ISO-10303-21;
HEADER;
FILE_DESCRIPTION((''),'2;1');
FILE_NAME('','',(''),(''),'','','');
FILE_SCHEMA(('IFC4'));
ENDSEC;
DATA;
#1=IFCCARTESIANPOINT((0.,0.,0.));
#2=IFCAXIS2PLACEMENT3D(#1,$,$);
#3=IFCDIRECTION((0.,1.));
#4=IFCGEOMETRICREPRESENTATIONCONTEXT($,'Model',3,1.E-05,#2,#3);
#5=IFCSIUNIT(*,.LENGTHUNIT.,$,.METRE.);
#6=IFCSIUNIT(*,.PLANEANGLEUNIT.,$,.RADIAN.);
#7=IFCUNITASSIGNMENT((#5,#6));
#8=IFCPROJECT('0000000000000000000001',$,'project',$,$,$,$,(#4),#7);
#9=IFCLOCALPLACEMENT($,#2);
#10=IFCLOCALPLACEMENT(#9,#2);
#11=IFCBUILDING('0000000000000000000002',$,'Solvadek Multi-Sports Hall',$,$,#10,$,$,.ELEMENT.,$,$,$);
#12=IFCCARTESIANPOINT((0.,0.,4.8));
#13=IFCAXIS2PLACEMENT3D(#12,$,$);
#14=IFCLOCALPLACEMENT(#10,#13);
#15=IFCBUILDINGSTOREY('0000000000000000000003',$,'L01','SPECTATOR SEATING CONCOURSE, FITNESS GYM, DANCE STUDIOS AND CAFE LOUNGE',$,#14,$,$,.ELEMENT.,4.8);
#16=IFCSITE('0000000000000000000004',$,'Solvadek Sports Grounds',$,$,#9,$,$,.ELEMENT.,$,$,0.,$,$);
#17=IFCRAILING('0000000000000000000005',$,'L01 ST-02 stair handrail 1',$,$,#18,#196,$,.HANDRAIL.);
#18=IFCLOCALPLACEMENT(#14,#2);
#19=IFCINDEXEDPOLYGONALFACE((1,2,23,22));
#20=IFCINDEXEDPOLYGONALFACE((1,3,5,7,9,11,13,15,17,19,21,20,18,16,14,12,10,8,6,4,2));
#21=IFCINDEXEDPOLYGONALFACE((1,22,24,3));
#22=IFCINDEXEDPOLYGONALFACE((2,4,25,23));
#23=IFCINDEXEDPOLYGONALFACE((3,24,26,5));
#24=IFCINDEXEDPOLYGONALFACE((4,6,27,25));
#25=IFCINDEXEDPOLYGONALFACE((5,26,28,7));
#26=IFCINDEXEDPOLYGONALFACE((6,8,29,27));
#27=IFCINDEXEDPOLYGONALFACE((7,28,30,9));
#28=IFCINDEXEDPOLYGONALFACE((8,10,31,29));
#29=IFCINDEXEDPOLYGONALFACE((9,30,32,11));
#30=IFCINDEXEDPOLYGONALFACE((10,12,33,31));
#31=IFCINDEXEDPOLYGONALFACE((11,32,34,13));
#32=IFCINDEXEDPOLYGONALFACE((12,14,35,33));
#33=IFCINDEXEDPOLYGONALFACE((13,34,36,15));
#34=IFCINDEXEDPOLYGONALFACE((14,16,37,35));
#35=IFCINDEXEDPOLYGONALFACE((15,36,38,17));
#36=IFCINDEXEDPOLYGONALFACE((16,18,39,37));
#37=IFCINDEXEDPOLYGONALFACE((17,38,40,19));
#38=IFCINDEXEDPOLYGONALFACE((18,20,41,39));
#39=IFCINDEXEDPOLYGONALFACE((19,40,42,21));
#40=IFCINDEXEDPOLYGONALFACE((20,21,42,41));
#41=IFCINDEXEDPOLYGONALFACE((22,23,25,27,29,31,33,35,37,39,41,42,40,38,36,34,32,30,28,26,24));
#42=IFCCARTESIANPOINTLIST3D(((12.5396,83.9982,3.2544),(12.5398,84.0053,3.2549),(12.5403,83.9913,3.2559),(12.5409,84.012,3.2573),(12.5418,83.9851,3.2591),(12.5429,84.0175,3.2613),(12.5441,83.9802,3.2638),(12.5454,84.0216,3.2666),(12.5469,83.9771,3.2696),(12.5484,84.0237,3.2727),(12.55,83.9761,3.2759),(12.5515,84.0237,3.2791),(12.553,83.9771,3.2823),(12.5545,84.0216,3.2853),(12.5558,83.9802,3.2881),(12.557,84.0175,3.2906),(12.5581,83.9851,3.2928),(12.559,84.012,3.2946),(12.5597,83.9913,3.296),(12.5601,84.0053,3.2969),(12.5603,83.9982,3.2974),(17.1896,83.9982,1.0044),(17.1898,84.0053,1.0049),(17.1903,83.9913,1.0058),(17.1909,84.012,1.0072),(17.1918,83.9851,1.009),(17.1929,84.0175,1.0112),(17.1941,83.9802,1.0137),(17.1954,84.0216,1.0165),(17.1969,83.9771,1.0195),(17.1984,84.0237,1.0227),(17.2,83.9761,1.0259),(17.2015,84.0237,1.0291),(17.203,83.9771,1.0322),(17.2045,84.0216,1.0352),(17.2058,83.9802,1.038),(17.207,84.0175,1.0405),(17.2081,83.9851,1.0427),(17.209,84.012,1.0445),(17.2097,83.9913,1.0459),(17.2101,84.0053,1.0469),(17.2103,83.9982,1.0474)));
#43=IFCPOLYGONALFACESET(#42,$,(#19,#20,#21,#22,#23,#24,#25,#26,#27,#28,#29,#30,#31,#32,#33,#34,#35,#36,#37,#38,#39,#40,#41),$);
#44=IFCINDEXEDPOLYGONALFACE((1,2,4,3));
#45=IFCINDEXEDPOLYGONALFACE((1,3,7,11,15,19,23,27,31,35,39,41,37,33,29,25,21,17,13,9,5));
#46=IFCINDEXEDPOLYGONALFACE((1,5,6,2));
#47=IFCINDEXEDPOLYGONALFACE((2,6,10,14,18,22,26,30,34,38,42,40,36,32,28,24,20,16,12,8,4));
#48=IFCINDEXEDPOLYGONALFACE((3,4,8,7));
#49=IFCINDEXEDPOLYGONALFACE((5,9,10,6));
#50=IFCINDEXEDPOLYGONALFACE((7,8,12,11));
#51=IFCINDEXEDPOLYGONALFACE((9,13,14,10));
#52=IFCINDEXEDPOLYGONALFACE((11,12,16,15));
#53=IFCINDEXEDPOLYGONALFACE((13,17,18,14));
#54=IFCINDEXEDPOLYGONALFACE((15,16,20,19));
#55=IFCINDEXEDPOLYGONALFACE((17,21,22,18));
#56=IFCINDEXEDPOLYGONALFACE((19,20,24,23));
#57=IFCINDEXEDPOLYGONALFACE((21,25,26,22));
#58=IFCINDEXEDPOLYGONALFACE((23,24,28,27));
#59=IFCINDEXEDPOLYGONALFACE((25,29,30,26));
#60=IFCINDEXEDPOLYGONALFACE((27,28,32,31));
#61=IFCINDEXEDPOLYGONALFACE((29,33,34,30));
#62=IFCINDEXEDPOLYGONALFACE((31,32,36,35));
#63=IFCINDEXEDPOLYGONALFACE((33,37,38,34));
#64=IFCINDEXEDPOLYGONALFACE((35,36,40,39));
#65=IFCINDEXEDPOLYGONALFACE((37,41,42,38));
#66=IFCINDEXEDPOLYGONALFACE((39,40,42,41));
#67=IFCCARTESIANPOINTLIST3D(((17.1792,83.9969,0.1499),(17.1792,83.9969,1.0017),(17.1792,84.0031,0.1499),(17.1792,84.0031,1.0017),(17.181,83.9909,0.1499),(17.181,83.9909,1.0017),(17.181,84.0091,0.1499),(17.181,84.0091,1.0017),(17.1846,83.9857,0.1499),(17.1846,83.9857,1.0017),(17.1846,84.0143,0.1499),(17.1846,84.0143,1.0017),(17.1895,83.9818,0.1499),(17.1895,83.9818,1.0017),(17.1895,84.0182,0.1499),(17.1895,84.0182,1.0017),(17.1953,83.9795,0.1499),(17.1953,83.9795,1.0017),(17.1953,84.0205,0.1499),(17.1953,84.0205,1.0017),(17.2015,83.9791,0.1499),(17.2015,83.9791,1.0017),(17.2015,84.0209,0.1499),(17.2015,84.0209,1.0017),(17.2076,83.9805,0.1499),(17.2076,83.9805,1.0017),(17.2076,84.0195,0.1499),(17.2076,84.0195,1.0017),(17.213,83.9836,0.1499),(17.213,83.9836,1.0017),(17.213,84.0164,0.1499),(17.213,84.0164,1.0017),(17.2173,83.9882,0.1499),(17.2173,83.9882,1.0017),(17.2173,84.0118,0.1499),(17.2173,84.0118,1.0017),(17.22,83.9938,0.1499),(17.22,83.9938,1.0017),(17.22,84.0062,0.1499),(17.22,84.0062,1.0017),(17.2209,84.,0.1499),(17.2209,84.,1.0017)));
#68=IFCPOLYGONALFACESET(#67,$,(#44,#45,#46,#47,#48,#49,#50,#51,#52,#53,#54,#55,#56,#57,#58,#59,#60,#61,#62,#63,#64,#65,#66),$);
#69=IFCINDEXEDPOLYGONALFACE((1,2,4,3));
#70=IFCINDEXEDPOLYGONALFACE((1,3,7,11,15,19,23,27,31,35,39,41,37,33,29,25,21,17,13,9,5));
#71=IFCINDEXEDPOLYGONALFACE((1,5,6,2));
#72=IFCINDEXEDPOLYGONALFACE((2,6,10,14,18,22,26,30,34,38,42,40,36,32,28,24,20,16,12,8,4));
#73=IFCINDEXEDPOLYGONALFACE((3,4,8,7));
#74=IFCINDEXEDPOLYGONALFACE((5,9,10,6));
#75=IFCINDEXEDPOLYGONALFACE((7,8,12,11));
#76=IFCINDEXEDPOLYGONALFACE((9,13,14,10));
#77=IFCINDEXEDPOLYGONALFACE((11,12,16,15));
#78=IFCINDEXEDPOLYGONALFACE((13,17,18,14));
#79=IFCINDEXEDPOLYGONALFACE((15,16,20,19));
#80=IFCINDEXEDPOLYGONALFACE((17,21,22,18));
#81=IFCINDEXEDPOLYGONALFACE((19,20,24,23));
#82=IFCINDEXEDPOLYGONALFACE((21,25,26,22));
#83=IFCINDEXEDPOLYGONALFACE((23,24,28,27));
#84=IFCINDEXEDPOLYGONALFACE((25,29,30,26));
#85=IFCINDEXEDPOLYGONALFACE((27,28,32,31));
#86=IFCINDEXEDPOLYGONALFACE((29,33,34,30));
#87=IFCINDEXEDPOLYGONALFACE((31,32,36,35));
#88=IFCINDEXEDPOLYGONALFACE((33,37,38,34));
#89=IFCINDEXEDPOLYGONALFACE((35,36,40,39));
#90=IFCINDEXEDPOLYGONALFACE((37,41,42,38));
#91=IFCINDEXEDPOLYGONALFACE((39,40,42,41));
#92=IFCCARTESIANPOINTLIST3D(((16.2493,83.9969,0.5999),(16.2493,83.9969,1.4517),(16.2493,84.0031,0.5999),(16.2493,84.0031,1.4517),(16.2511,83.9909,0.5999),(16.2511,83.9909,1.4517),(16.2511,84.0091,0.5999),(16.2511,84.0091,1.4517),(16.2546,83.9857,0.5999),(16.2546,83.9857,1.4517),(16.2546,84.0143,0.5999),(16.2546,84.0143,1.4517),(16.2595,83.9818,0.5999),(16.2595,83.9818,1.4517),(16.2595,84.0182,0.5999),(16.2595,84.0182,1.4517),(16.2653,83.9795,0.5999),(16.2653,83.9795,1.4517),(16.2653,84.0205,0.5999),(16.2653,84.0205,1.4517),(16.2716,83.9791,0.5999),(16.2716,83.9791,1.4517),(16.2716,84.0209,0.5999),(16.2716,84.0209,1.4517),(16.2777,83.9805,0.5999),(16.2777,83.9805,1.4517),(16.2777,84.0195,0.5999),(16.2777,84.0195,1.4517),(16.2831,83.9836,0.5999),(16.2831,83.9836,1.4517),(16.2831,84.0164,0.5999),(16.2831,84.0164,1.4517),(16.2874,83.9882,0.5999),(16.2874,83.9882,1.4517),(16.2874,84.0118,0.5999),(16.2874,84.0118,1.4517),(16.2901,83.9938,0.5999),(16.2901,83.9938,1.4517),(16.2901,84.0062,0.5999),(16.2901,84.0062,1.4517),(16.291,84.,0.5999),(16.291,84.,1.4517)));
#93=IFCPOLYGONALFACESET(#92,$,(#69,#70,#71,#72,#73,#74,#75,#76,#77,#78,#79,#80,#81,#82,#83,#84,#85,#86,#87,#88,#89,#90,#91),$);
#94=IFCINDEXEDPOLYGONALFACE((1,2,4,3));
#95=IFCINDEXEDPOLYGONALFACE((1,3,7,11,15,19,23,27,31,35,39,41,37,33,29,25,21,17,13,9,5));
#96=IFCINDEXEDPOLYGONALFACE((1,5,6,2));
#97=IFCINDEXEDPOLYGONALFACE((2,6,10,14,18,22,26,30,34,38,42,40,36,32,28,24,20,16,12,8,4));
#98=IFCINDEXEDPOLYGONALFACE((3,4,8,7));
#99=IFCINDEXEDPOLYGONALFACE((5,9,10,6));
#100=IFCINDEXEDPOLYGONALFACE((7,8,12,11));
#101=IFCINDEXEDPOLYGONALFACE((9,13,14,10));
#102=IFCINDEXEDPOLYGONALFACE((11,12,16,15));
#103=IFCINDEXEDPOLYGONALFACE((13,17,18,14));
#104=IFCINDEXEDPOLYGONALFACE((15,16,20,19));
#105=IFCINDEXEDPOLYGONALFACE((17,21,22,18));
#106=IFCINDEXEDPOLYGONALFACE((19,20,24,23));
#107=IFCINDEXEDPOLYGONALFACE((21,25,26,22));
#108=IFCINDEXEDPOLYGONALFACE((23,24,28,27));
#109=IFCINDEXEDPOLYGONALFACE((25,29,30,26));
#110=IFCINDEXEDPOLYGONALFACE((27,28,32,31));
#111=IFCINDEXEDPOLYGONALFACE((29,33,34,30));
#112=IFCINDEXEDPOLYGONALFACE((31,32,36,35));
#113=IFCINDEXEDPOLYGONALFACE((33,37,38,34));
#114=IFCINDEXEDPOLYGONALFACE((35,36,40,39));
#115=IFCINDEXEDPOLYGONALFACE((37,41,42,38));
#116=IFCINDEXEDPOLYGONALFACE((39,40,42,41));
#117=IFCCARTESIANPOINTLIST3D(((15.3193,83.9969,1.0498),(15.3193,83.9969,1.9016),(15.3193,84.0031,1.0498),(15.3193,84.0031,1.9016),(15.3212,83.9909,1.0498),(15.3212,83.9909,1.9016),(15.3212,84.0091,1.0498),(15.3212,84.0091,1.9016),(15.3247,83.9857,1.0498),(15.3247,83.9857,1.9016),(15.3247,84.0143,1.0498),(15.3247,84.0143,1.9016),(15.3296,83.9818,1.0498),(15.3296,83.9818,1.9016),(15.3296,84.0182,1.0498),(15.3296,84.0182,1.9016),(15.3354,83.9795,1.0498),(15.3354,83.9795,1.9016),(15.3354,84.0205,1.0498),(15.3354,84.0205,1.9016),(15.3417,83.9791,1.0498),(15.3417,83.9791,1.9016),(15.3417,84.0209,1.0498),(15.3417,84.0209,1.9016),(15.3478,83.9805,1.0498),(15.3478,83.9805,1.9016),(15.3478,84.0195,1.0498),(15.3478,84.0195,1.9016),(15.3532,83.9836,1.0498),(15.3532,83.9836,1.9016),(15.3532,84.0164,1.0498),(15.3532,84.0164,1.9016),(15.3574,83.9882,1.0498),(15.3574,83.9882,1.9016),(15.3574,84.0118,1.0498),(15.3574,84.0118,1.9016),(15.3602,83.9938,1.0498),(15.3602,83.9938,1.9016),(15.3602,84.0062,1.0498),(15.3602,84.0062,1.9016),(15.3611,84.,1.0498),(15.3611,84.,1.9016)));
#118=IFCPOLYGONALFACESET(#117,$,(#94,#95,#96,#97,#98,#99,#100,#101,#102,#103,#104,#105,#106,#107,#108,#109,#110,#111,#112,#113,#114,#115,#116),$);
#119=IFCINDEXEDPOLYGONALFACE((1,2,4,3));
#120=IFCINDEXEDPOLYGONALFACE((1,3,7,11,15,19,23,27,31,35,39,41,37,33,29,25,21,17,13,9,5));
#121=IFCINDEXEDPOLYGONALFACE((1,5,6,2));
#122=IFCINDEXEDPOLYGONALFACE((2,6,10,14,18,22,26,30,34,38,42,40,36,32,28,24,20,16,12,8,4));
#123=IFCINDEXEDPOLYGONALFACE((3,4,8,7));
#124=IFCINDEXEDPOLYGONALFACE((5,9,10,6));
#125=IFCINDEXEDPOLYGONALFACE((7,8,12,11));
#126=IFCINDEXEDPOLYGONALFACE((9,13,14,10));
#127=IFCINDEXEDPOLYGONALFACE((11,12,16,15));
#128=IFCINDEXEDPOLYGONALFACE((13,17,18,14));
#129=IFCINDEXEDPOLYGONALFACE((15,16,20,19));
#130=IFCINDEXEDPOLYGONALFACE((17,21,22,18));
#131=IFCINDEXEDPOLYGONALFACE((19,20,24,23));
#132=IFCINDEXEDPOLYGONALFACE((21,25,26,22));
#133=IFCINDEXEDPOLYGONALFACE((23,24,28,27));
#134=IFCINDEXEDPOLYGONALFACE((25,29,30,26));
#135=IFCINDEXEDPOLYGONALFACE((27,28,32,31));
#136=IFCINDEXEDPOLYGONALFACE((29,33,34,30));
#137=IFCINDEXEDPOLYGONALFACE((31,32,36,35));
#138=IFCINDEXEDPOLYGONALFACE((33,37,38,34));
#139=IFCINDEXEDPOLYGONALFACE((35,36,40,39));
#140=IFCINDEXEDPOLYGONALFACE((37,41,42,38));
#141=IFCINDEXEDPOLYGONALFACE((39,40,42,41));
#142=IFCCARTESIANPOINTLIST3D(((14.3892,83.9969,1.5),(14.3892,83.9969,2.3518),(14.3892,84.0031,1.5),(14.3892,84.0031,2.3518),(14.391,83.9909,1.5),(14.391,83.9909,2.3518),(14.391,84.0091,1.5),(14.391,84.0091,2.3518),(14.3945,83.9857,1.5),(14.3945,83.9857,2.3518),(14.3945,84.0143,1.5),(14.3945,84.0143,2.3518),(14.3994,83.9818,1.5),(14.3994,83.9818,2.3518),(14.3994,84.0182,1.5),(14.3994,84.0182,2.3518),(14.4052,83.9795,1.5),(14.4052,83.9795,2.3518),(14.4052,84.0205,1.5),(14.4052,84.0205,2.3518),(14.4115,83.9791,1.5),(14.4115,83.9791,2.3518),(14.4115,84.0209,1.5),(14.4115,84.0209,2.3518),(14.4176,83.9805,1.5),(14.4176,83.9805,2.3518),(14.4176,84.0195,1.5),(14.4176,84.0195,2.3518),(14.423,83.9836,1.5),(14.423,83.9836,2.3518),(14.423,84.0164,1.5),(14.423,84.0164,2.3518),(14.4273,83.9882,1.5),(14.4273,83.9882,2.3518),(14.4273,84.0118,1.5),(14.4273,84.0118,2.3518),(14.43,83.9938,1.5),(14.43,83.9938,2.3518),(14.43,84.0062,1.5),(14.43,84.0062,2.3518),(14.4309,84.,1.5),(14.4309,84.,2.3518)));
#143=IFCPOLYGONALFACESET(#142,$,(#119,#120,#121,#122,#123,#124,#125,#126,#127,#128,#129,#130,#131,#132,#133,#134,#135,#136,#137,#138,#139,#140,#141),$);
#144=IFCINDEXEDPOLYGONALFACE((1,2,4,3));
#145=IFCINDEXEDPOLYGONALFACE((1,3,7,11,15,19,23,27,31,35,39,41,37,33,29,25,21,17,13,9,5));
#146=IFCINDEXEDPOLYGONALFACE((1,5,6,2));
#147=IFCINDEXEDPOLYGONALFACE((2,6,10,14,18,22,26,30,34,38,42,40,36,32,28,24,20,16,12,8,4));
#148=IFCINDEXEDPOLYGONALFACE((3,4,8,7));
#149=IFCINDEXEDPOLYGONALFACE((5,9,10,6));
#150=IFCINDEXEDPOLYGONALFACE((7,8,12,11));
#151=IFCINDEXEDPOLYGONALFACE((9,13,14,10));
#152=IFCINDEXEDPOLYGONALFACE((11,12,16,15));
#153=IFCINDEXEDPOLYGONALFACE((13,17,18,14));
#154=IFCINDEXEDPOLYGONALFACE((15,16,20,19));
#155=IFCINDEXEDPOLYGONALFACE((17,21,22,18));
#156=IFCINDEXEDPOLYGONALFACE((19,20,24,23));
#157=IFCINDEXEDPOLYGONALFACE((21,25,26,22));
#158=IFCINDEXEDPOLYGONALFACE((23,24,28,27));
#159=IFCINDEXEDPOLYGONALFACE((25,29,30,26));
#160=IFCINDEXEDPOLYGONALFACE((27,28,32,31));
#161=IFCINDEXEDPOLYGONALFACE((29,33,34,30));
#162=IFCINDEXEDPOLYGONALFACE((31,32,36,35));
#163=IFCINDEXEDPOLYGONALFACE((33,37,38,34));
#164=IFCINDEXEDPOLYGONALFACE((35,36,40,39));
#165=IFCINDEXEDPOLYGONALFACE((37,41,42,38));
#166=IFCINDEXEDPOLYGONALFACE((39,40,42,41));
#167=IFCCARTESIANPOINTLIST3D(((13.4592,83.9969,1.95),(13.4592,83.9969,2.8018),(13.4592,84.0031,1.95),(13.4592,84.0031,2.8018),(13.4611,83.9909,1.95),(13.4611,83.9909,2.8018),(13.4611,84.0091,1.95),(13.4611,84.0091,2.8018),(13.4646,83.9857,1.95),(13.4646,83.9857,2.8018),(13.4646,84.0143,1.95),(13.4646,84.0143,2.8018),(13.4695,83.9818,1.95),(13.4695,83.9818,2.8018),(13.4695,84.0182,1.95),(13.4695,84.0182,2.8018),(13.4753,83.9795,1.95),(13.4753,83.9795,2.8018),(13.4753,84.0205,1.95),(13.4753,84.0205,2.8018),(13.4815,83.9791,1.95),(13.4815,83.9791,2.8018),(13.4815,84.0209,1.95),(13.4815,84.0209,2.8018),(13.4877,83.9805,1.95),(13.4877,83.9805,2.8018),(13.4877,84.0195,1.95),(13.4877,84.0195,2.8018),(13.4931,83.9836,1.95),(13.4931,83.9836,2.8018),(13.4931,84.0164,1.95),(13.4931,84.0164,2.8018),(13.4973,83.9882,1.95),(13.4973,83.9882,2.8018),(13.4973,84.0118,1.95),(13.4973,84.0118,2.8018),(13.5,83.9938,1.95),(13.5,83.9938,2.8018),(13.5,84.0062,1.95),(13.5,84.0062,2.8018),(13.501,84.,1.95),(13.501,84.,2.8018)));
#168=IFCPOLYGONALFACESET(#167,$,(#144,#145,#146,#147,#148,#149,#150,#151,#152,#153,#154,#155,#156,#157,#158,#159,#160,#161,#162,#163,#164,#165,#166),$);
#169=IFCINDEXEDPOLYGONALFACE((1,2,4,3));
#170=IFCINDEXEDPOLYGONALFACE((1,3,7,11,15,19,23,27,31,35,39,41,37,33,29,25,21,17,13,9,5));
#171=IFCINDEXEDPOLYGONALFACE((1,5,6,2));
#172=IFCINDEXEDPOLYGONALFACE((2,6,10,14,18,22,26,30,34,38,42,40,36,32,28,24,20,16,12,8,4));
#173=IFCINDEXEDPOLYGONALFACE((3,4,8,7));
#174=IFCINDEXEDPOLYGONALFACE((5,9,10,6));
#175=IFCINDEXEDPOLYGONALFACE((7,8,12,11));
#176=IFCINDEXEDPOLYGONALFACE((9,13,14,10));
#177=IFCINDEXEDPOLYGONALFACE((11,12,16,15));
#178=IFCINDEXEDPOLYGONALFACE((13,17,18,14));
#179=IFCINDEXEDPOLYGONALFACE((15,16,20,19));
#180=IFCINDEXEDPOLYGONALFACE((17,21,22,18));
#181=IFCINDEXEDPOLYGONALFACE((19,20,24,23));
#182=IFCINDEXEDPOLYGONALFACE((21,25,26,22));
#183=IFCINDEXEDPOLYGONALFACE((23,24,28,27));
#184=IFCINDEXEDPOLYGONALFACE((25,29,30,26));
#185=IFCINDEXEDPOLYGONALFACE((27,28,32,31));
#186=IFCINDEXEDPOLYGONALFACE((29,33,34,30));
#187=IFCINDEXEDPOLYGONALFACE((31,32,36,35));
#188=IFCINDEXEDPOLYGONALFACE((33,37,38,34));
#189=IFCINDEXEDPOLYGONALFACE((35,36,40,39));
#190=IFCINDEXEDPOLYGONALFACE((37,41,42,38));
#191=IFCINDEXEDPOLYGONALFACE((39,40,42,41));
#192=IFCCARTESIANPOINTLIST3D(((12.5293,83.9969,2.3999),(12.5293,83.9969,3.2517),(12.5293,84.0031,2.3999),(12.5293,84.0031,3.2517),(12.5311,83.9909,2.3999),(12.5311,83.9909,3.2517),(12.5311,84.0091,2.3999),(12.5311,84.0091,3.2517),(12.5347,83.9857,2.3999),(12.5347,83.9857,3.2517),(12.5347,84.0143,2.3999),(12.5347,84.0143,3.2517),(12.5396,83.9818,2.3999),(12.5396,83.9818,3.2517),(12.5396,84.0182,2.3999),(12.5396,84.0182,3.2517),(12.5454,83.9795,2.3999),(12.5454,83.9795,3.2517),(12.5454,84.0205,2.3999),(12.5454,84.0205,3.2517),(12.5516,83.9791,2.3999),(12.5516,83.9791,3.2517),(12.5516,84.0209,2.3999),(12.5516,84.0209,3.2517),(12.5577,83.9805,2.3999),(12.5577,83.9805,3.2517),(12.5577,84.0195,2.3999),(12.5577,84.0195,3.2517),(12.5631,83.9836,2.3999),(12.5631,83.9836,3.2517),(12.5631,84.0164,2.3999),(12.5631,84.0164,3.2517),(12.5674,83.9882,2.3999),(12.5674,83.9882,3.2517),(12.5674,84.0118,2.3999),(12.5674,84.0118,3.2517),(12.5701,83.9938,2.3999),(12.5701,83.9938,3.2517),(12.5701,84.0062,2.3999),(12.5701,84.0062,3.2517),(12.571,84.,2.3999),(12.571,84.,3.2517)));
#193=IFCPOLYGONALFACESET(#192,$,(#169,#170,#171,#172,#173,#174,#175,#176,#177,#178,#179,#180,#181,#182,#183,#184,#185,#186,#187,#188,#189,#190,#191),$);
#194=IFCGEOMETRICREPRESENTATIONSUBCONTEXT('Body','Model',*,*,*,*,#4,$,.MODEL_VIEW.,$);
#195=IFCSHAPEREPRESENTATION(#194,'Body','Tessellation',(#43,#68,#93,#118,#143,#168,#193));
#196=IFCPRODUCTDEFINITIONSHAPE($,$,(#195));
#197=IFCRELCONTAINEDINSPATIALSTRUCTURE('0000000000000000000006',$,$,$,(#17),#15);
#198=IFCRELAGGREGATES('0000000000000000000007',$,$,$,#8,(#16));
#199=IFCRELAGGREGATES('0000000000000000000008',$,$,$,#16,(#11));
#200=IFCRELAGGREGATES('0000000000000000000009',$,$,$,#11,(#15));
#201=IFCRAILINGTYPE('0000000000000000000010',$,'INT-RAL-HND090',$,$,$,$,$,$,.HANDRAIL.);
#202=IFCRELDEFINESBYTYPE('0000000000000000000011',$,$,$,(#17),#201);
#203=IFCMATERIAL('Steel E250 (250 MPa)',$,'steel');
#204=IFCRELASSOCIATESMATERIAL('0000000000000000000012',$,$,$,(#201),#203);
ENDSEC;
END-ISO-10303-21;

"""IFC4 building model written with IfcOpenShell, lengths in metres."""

from ifc_helpers import new_model, si_unit, direction, frame, origin, origin_2d, place, context, subcontext, project, spatial, circle, extrude, material, type_object, element, save


model = new_model("IFC4")

# Units and contexts
model_context = context("Model", 3, precision=1e-05, world=origin(), true_north=direction((0.0, 1.0)))
body_context = subcontext(model_context, "Body", "Model", "MODEL_VIEW")
ifc_project = project(units=[si_unit("LENGTHUNIT", "METRE"), si_unit("PLANEANGLEUNIT", "RADIAN")], contexts=[model_context])

# Site, building, storey
site_placement = place(None, origin())
site = spatial("IfcSite", under=ifc_project, at=site_placement, Name="Solvadek Sports Grounds", CompositionType="ELEMENT", RefElevation=0.0)
building_placement = place(site_placement, origin())
building = spatial("IfcBuilding", under=site, at=building_placement, Name="Solvadek Multi-Sports Hall", CompositionType="ELEMENT")
storey_placement = place(building_placement, frame((0.0, 0.0, 4.8)))
storey = spatial("IfcBuildingStorey", under=building, at=storey_placement, Name="L01", Description="SPECTATOR SEATING CONCOURSE, FITNESS GYM, DANCE STUDIOS AND CAFE LOUNGE", CompositionType="ELEMENT", Elevation=4.8)

# Shared definitions
ifc_material_1 = material(Name="Steel E250 (250 MPa)", Category="steel")

# Railing
railing_type_1 = type_object("IfcRailingType", Name="INT-RAL-HND090", PredefinedType="HANDRAIL", material=ifc_material_1)
railing_1_placement = place(storey_placement, frame((17.2, 84.0, 0.1499)))
element("IfcRailing", 1, at=railing_1_placement, inside=storey, type_object=railing_type_1, Name="L01 ST-02 stair handrail 1", PredefinedType="HANDRAIL", context=body_context, shape_type="SweptSolid", body=[
    extrude(circle(Radius=0.0239, at=origin_2d()), frame((0.0, 0.0, 0.876), z_axis=(-0.900156, 0.0, 0.435568), x_axis=(0.0, -1.0, 0.0)), (0.0, 0.0, 1.0), 5.1658),
    extrude(circle(Radius=0.021, at=origin_2d()), origin(), (0.0, 0.0, 1.0), 0.8518),
    extrude(circle(Radius=0.021, at=origin_2d()), frame((-0.9299, 0.0, 0.45)), (0.0, 0.0, 1.0), 0.8518),
    extrude(circle(Radius=0.021, at=origin_2d()), frame((-1.8599, 0.0, 0.8999)), (0.0, 0.0, 1.0), 0.8518),
    extrude(circle(Radius=0.021, at=origin_2d()), frame((-2.79, 0.0, 1.3501)), (0.0, 0.0, 1.0), 0.8518),
    extrude(circle(Radius=0.021, at=origin_2d()), frame((-3.72, 0.0, 1.8)), (0.0, 0.0, 1.0), 0.8518),
    extrude(circle(Radius=0.021, at=origin_2d()), frame((-4.6499, 0.0, 2.25)), (0.0, 0.0, 1.0), 0.8518),
])

save(model, "model.ifc")
